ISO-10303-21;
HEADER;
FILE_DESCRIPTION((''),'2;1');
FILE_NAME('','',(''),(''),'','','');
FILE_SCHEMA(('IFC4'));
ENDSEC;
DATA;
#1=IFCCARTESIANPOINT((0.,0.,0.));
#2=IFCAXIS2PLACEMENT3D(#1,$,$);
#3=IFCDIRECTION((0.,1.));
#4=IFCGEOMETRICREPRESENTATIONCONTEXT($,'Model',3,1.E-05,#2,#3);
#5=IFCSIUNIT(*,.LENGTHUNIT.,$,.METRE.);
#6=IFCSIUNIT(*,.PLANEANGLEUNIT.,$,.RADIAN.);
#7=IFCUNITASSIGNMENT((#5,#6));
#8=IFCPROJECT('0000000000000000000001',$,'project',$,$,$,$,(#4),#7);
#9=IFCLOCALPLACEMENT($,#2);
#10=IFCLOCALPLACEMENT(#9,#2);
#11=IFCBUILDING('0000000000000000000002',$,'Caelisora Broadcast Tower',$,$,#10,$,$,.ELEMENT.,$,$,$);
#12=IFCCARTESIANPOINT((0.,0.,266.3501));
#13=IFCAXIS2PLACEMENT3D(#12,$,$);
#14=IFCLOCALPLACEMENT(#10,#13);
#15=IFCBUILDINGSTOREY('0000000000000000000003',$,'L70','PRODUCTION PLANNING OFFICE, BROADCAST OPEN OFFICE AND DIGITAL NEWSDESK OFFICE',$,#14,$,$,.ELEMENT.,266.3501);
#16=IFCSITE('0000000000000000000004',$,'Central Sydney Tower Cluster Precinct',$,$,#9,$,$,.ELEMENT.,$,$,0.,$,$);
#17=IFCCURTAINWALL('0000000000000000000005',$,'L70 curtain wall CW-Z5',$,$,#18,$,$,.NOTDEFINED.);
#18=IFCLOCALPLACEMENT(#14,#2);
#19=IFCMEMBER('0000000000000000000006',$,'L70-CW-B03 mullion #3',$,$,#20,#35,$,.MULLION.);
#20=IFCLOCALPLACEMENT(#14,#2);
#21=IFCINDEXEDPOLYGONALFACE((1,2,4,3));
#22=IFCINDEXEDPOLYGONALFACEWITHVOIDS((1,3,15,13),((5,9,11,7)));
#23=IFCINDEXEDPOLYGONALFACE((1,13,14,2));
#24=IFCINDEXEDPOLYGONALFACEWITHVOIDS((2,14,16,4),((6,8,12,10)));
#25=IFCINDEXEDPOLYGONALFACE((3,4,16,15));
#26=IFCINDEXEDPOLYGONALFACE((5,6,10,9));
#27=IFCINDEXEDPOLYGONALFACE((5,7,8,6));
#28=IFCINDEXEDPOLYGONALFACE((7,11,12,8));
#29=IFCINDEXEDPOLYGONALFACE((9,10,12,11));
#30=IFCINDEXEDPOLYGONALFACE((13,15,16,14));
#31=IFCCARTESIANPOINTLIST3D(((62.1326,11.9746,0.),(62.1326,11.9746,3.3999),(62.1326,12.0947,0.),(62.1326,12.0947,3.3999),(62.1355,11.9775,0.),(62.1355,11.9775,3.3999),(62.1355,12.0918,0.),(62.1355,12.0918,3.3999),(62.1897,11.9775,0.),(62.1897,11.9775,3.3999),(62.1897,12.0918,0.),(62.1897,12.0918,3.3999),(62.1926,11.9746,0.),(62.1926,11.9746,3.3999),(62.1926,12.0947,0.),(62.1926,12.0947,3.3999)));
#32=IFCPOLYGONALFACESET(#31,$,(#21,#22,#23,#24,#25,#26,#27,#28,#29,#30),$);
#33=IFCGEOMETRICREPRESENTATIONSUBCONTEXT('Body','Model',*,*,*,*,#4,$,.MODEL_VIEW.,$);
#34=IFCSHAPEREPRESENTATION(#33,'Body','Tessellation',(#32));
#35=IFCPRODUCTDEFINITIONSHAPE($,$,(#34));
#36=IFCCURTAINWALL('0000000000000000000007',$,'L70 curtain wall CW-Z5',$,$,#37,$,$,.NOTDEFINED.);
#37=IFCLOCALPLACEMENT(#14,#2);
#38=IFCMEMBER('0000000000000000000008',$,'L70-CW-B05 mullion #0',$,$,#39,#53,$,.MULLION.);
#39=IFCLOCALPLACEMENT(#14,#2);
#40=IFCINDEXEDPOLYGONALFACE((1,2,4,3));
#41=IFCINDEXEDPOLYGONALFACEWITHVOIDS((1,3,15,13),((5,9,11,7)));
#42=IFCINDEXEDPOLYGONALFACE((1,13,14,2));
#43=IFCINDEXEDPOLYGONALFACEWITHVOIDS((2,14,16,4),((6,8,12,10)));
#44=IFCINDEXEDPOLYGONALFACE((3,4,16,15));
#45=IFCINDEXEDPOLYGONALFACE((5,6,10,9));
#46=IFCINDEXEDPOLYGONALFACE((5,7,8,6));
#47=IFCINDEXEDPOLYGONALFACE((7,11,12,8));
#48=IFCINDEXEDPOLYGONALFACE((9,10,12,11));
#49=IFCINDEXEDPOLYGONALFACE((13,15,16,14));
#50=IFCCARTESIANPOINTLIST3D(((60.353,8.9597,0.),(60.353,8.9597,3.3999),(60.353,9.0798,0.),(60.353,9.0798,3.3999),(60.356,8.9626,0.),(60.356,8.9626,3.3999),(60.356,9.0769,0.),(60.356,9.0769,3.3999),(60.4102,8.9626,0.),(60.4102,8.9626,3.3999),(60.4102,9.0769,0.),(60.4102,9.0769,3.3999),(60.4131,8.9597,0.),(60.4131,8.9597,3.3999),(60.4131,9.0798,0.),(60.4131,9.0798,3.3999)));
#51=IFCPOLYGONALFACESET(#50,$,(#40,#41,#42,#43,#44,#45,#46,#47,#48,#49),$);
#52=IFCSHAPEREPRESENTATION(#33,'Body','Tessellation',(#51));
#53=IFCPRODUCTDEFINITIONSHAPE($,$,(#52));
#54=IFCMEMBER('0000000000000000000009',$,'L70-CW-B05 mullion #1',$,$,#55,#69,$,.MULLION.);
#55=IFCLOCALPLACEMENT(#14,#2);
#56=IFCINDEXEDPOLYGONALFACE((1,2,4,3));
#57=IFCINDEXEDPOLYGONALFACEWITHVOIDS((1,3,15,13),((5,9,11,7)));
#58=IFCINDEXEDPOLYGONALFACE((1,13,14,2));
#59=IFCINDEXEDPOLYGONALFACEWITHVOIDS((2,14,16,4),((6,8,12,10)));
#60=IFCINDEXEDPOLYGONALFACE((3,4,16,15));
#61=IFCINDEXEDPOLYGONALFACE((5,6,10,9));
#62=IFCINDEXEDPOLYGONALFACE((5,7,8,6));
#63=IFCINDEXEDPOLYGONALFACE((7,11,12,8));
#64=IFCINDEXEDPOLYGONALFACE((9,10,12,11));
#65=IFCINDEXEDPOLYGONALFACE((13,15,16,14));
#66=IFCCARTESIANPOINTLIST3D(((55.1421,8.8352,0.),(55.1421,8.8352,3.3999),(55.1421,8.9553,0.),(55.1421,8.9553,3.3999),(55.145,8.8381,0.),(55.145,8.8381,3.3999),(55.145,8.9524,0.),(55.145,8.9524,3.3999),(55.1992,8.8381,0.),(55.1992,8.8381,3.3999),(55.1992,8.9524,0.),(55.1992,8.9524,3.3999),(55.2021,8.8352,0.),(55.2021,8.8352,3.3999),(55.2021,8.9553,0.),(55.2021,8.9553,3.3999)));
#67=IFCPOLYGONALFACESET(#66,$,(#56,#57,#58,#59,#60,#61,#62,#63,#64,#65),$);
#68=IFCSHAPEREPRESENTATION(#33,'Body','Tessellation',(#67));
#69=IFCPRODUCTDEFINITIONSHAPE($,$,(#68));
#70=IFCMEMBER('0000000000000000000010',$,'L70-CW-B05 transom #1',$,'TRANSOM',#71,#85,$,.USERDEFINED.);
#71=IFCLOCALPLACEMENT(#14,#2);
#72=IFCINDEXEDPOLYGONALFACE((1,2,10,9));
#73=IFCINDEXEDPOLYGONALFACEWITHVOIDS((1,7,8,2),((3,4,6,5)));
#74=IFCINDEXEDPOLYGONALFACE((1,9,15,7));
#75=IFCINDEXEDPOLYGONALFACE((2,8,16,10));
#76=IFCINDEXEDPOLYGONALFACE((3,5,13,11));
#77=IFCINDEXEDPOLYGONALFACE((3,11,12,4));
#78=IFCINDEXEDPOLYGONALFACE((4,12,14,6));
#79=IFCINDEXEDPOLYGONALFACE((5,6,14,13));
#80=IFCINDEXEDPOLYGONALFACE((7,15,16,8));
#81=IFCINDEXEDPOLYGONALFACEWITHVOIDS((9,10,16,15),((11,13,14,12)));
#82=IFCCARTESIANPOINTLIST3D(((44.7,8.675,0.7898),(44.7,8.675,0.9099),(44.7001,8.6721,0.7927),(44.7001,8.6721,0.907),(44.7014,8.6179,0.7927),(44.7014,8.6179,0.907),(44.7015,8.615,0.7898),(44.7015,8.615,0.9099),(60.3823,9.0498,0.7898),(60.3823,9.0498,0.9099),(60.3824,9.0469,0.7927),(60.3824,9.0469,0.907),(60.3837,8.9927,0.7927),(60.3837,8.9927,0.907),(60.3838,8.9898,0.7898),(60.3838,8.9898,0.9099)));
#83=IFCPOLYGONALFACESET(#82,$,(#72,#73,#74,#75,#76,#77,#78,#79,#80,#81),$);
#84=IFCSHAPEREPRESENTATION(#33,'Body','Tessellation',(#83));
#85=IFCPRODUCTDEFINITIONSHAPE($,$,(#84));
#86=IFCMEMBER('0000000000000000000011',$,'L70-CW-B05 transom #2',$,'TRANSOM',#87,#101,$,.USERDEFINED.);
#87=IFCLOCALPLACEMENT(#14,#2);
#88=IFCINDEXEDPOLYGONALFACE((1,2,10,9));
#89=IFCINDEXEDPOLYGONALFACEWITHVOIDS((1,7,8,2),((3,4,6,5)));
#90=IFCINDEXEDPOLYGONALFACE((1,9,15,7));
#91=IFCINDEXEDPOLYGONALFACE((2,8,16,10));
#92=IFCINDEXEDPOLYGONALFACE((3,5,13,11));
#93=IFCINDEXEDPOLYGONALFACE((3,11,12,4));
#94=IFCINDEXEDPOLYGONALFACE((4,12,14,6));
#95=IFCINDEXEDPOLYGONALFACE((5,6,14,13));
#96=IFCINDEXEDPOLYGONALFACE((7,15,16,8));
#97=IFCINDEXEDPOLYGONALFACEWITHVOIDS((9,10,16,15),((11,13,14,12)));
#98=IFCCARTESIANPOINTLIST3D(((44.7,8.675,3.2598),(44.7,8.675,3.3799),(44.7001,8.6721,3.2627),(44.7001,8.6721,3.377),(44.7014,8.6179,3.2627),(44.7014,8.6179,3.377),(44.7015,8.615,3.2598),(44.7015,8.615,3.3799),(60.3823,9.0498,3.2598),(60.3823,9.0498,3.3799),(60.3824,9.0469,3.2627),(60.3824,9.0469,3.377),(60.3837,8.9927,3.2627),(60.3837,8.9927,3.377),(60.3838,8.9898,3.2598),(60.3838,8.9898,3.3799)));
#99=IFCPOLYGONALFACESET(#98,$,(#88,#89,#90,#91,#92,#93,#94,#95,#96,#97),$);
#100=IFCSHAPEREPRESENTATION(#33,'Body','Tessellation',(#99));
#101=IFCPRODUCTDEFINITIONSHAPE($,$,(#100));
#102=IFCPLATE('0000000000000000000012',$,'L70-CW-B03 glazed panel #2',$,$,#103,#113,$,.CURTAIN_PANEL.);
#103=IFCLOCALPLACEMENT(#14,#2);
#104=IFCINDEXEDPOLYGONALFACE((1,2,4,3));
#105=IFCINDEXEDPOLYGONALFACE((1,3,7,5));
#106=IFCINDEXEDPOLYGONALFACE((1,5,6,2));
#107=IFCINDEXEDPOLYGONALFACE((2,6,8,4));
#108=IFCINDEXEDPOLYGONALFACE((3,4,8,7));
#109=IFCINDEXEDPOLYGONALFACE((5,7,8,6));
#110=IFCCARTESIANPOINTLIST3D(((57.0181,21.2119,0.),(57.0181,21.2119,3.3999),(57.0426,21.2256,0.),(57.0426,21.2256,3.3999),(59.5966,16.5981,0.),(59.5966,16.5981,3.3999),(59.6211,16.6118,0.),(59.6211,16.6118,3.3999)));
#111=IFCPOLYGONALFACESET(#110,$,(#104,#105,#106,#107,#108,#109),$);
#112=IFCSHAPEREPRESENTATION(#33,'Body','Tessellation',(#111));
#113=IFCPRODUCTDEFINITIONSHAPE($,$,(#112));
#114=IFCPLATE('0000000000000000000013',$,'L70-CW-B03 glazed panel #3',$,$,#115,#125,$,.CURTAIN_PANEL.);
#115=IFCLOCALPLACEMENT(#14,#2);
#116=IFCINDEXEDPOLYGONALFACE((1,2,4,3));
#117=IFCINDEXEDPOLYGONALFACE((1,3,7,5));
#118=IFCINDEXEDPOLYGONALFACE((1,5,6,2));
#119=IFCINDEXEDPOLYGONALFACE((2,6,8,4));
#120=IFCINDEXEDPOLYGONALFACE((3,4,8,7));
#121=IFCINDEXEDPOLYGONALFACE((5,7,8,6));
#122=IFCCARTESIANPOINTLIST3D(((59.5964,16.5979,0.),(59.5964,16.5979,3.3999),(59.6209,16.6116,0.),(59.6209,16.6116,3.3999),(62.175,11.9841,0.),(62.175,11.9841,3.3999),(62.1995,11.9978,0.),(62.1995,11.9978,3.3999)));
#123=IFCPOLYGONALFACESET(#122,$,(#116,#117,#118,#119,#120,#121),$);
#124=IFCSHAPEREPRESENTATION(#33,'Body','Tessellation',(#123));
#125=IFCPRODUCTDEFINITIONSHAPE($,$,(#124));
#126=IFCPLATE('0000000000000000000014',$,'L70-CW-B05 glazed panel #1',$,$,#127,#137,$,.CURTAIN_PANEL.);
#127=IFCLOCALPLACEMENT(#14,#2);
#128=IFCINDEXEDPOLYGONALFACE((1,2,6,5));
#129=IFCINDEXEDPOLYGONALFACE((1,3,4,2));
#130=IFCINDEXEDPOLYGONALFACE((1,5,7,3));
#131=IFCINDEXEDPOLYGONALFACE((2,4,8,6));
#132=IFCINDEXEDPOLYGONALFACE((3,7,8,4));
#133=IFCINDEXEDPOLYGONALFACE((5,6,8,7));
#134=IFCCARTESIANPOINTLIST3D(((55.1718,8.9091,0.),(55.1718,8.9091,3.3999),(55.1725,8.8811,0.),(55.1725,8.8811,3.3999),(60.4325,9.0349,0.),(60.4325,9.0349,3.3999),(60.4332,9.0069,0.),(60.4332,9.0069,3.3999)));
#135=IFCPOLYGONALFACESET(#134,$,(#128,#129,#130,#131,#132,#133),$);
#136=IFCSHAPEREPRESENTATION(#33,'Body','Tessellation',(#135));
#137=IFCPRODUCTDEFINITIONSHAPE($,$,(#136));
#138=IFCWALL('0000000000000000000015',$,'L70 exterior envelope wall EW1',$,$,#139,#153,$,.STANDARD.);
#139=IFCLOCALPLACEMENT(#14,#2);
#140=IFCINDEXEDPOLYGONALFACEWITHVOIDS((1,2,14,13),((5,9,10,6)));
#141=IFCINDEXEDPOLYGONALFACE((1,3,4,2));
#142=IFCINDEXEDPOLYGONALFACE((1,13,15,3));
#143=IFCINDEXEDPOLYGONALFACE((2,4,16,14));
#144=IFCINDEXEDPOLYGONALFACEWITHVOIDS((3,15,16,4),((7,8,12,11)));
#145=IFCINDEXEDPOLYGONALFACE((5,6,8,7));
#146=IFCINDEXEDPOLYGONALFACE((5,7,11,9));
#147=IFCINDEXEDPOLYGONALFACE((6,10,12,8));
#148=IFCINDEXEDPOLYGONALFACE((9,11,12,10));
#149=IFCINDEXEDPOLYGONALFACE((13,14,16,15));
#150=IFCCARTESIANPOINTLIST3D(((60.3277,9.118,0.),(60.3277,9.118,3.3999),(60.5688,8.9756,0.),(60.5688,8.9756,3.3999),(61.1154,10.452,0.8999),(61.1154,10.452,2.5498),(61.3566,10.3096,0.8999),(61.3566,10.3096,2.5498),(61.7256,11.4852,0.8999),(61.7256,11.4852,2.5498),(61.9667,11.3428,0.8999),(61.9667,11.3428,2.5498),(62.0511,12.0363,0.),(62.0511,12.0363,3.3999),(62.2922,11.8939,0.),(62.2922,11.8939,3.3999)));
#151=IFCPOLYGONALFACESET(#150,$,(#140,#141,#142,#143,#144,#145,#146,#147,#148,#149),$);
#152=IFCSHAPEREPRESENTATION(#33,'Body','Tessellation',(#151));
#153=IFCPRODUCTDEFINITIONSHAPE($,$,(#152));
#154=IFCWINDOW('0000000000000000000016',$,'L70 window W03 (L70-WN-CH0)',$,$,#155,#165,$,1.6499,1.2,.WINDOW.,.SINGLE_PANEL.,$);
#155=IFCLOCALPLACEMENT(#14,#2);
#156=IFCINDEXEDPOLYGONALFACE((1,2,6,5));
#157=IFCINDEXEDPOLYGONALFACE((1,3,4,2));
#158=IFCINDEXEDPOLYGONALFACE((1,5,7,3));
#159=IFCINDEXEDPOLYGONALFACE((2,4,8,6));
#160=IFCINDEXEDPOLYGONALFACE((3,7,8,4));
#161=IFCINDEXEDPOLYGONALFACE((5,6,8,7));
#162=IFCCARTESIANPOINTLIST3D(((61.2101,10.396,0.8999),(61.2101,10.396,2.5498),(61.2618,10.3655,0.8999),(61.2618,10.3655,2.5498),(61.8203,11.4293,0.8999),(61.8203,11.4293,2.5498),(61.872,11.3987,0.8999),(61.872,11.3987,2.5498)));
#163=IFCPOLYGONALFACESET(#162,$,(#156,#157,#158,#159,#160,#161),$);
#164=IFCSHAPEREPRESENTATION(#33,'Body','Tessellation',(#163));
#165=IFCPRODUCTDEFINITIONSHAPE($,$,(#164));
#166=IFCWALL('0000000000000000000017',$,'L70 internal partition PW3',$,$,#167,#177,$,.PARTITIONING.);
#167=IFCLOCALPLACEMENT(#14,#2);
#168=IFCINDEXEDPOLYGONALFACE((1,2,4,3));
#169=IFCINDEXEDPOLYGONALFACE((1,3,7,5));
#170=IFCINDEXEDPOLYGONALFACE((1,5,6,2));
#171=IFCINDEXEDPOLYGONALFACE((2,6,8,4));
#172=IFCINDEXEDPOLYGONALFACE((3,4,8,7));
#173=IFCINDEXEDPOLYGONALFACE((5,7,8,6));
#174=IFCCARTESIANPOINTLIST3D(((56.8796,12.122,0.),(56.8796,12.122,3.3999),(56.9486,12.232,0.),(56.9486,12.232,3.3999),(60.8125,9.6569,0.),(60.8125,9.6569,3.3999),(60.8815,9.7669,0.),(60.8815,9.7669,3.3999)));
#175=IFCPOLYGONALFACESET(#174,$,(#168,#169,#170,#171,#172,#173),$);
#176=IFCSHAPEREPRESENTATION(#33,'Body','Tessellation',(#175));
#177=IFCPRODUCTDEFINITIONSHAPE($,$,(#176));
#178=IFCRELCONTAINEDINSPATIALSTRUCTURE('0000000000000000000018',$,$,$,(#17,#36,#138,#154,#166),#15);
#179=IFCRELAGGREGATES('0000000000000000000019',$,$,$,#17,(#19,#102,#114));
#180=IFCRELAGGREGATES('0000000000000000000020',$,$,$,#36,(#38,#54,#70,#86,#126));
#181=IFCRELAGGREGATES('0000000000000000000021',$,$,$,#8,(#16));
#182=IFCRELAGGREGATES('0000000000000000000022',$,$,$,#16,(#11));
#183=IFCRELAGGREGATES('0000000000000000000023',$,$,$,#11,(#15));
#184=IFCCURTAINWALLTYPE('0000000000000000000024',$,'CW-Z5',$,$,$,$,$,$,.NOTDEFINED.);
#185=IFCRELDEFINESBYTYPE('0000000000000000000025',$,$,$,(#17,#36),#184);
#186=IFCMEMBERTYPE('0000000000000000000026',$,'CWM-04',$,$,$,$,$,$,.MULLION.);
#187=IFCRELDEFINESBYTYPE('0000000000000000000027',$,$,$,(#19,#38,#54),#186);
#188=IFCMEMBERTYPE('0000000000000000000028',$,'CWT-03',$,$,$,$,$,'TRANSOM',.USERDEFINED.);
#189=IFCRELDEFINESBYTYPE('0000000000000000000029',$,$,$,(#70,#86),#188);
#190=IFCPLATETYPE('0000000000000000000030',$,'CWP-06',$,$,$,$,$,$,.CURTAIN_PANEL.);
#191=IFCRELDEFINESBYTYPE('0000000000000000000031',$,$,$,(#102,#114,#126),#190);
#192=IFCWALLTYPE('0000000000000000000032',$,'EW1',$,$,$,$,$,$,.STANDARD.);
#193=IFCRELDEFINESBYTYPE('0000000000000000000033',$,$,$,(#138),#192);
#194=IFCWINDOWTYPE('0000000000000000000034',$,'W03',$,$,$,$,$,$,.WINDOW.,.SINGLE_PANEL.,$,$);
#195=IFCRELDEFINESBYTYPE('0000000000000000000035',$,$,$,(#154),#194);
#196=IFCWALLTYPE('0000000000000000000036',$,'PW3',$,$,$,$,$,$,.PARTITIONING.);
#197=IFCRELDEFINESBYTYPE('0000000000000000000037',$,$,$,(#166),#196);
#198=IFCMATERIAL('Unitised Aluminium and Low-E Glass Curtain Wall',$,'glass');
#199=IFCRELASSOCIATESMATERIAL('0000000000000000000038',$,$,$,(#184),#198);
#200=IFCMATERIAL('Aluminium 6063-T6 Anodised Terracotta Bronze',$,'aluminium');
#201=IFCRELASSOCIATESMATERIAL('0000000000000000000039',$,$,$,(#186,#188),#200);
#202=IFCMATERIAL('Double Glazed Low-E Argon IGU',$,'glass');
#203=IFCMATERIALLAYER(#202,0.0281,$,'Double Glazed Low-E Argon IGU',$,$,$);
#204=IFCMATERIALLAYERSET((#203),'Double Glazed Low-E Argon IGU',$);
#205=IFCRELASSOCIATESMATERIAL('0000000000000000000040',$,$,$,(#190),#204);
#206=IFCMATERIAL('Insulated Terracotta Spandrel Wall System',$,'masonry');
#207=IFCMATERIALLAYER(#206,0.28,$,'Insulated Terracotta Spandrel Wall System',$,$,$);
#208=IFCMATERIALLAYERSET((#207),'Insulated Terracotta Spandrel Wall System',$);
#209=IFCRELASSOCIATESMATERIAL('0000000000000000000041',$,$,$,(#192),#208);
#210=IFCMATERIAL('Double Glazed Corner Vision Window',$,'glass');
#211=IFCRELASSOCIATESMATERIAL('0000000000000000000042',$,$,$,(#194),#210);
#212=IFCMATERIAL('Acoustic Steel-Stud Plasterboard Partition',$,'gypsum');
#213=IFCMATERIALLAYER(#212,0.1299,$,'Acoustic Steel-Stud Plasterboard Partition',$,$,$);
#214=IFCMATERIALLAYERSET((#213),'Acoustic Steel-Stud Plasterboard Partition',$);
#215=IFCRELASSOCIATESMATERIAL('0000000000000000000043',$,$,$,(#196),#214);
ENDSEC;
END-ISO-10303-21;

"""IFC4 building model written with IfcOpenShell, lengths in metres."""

from ifc_helpers import new_model, si_unit, direction, frame, frame_2d, origin, origin_2d, place, context, subcontext, project, spatial, rectangle, hollow_rectangle, extrude, source, transform, mapped, material, layer, layer_set, material_profile, profile_set, type_object, type_shapes, element, fill, aggregate, save


model = new_model("IFC4")

# Units and contexts
model_context = context("Model", 3, precision=1e-05, world=origin(), true_north=direction((0.0, 1.0)))
body_context = subcontext(model_context, "Body", "Model", "MODEL_VIEW")
ifc_project = project(units=[si_unit("LENGTHUNIT", "METRE"), si_unit("PLANEANGLEUNIT", "RADIAN")], contexts=[model_context])

# Site, building, storey
site_placement = place(None, origin())
site = spatial("IfcSite", under=ifc_project, at=site_placement, Name="Central Sydney Tower Cluster Precinct", CompositionType="ELEMENT", RefElevation=0.0)
building_placement = place(site_placement, origin())
building = spatial("IfcBuilding", under=site, at=building_placement, Name="Caelisora Broadcast Tower", CompositionType="ELEMENT")
storey_placement = place(building_placement, frame((0.0, 0.0, 266.3501)))
storey = spatial("IfcBuildingStorey", under=building, at=storey_placement, Name="L70", Description="PRODUCTION PLANNING OFFICE, BROADCAST OPEN OFFICE AND DIGITAL NEWSDESK OFFICE", CompositionType="ELEMENT", Elevation=266.3501)

# Curtain walls, members
ifc_material_1 = material(Name="Unitised Aluminium and Low-E Glass Curtain Wall", Category="glass")
curtain_wall_type = type_object("IfcCurtainWallType", Name="CW-Z5", PredefinedType="NOTDEFINED", material=ifc_material_1)
curtain_wall_1_placement = place(storey_placement, origin())
curtain_wall_1 = element("IfcCurtainWall", 1, at=curtain_wall_1_placement, inside=storey, type_object=curtain_wall_type, Name="L70 curtain wall CW-Z5", PredefinedType="NOTDEFINED")
ifc_material_2 = material(Name="Aluminium 6063-T6 Anodised Terracotta Bronze", Category="aluminium")
ifc_material_profile_1 = material_profile(ifc_material_2, hollow_rectangle(XDim=0.0601, YDim=0.1201, WallThickness=0.0029, at=origin_2d()), Name="Aluminium 6063-T6 Anodised Terracotta Bronze")
ifc_profile_set_1 = profile_set([ifc_material_profile_1], Name="Aluminium 6063-T6 Anodised Terracotta Bronze")
member_type_1 = type_object("IfcMemberType", Name="CWM-04", PredefinedType="MULLION", material=ifc_profile_set_1)
shared_shape_1 = source(origin(), body_context, "Body", "SweptSolid", [
    extrude(hollow_rectangle(XDim=0.0601, YDim=0.1201, WallThickness=0.0029, at=origin_2d()), origin(), (0.0, 0.0, 1.0), 3.3999),
])
type_shapes(member_type_1, [shared_shape_1])
member_1_placement = place(storey_placement, frame((62.1626, 12.0347, 0.0), z_axis=(0.0, 0.0, 1.0), x_axis=(1.0, 0.0, 0.0)))
member_1 = element("IfcMember", 2, at=member_1_placement, type_object=member_type_1, Name="L70-CW-B03 mullion #3", PredefinedType="MULLION", context=body_context, shape_type="MappedRepresentation", body=[
    mapped(shared_shape_1, transform((0.0, 0.0, 0.0), scale=1.0)),
])
curtain_wall_2_placement = place(storey_placement, origin())
curtain_wall_2 = element("IfcCurtainWall", 3, at=curtain_wall_2_placement, inside=storey, type_object=curtain_wall_type, Name="L70 curtain wall CW-Z5", PredefinedType="NOTDEFINED")
member_2_placement = place(storey_placement, frame((60.3831, 9.0198, 0.0), z_axis=(0.0, 0.0, 1.0), x_axis=(1.0, 0.0, 0.0)))
member_2 = element("IfcMember", 4, at=member_2_placement, type_object=member_type_1, Name="L70-CW-B05 mullion #0", PredefinedType="MULLION", context=body_context, shape_type="MappedRepresentation", body=[
    mapped(shared_shape_1, transform((0.0, 0.0, 0.0), scale=1.0)),
])
member_3_placement = place(storey_placement, frame((55.1721, 8.8953, 0.0), z_axis=(0.0, 0.0, 1.0), x_axis=(1.0, 0.0, 0.0)))
member_3 = element("IfcMember", 5, at=member_3_placement, type_object=member_type_1, Name="L70-CW-B05 mullion #1", PredefinedType="MULLION", context=body_context, shape_type="MappedRepresentation", body=[
    mapped(shared_shape_1, transform((0.0, 0.0, 0.0), scale=1.0)),
])
ifc_material_profile_2 = material_profile(ifc_material_2, hollow_rectangle(XDim=0.0601, YDim=0.1201, WallThickness=0.0029, at=origin_2d()), Name="Aluminium 6063-T6 Anodised Terracotta Bronze")
ifc_profile_set_2 = profile_set([ifc_material_profile_2], Name="Aluminium 6063-T6 Anodised Terracotta Bronze")
member_type_2 = type_object("IfcMemberType", Name="CWT-03", ElementType="TRANSOM", PredefinedType="USERDEFINED", material=ifc_profile_set_2)
shared_shape_2 = source(origin(), body_context, "Body", "SweptSolid", [
    extrude(hollow_rectangle(XDim=0.0601, YDim=0.1201, WallThickness=0.0029, at=origin_2d()), origin(), (0.0, 0.0, 1.0), 15.6868),
])
type_shapes(member_type_2, [shared_shape_2])
member_4_placement = place(storey_placement, frame((60.3831, 9.0198, 0.8499), z_axis=(-0.999715, -0.02389, 0.0), x_axis=(0.02389, -0.999715, 0.0)))
member_4 = element("IfcMember", 6, at=member_4_placement, type_object=member_type_2, Name="L70-CW-B05 transom #1", ObjectType="TRANSOM", PredefinedType="USERDEFINED", context=body_context, shape_type="MappedRepresentation", body=[
    mapped(shared_shape_2, transform((0.0, 0.0, 0.0), scale=1.0)),
])
member_5_placement = place(storey_placement, frame((60.3831, 9.0198, 3.3198), z_axis=(-0.999715, -0.02389, 0.0), x_axis=(0.02389, -0.999715, 0.0)))
member_5 = element("IfcMember", 7, at=member_5_placement, type_object=member_type_2, Name="L70-CW-B05 transom #2", ObjectType="TRANSOM", PredefinedType="USERDEFINED", context=body_context, shape_type="MappedRepresentation", body=[
    mapped(shared_shape_2, transform((0.0, 0.0, 0.0), scale=1.0)),
])

# Plates
ifc_material_3 = material(Name="Double Glazed Low-E Argon IGU", Category="glass")
ifc_layer_1 = layer(ifc_material_3, 0.0281, Name="Double Glazed Low-E Argon IGU")
ifc_layer_set_1 = layer_set([ifc_layer_1], Name="Double Glazed Low-E Argon IGU")
plate_type = type_object("IfcPlateType", Name="CWP-06", PredefinedType="CURTAIN_PANEL", material=ifc_layer_set_1)
shared_shape_3 = source(origin(), body_context, "Body", "SweptSolid", [
    extrude(rectangle(XDim=5.2854, YDim=0.0281, at=origin_2d()), origin(), (0.0, 0.0, 1.0), 3.3999),
])
plate_1_placement = place(storey_placement, frame((58.3196, 18.9119, 0.0), z_axis=(0.0, 0.0, 1.0), x_axis=(0.48786, -0.872922, 0.0)))
plate_1 = element("IfcPlate", 8, at=plate_1_placement, type_object=plate_type, Name="L70-CW-B03 glazed panel #2", PredefinedType="CURTAIN_PANEL", context=body_context, shape_type="MappedRepresentation", body=[
    mapped(shared_shape_3, transform((0.0, 0.0, 0.0), scale=1.0)),
])
plate_2_placement = place(storey_placement, frame((60.8979, 14.2979, 0.0), z_axis=(0.0, 0.0, 1.0), x_axis=(0.48786, -0.872922, 0.0)))
plate_2 = element("IfcPlate", 9, at=plate_2_placement, type_object=plate_type, Name="L70-CW-B03 glazed panel #3", PredefinedType="CURTAIN_PANEL", context=body_context, shape_type="MappedRepresentation", body=[
    mapped(shared_shape_3, transform((0.0, 0.0, 0.0), scale=1.0)),
])
aggregate(curtain_wall_1, [member_1, plate_1, plate_2])
shared_shape_4 = source(origin(), body_context, "Body", "SweptSolid", [
    extrude(rectangle(XDim=5.2622, YDim=0.0281, at=origin_2d()), origin(), (0.0, 0.0, 1.0), 3.3999),
])
type_shapes(plate_type, [shared_shape_3, shared_shape_4])
plate_3_placement = place(storey_placement, frame((57.8025, 8.958, 0.0), z_axis=(0.0, 0.0, 1.0), x_axis=(-0.999714, -0.023909, 0.0)))
plate_3 = element("IfcPlate", 10, at=plate_3_placement, type_object=plate_type, Name="L70-CW-B05 glazed panel #1", PredefinedType="CURTAIN_PANEL", context=body_context, shape_type="MappedRepresentation", body=[
    mapped(shared_shape_4, transform((0.0, 0.0, 0.0), scale=1.0)),
])
aggregate(curtain_wall_2, [member_2, member_3, member_4, member_5, plate_3])

# Wall, opening, window
ifc_material_4 = material(Name="Insulated Terracotta Spandrel Wall System", Category="masonry")
ifc_layer_2 = layer(ifc_material_4, 0.28, Name="Insulated Terracotta Spandrel Wall System")
ifc_layer_set_2 = layer_set([ifc_layer_2], Name="Insulated Terracotta Spandrel Wall System")
wall_type_1 = type_object("IfcWallType", Name="EW1", PredefinedType="STANDARD", material=ifc_layer_set_2)
wall_1_placement = place(storey_placement, frame((62.1716, 11.9651, 0.0), z_axis=(0.0, 0.0, 1.0), x_axis=(-0.508508, -0.861057, 0.0)))
wall_1 = element("IfcWall", 11, at=wall_1_placement, inside=storey, type_object=wall_type_1, Name="L70 exterior envelope wall EW1", PredefinedType="STANDARD", context=body_context, shape_type="SweptSolid", body=[
    extrude(rectangle(XDim=3.3892, YDim=0.28, at=frame_2d((1.6946, 0.0))), origin(), (0.0, 0.0, 1.0), 3.3999),
])
opening_placement = place(wall_1_placement, frame((0.6399, 0.0, 0.8999)))
opening = element("IfcOpeningElement", 12, at=opening_placement, cuts=wall_1, PredefinedType="OPENING", context=body_context, shape_type="SweptSolid", body=[
    extrude(rectangle(XDim=1.2, YDim=1.6499, at=frame_2d((0.6001, 0.825))), frame((0.0, 0.1521, 0.0), z_axis=(0.0, -1.0, 0.0), x_axis=(1.0, 0.0, 0.0)), (0.0, 0.0, 1.0), 0.304),
])
ifc_material_5 = material(Name="Double Glazed Corner Vision Window", Category="glass")
window_type = type_object("IfcWindowType", Name="W03", PartitioningType="SINGLE_PANEL", PredefinedType="WINDOW", material=ifc_material_5)
window_placement = place(opening_placement, origin())
window = element("IfcWindow", 13, at=window_placement, inside=storey, type_object=window_type, Name="L70 window W03 (L70-WN-CH0)", OverallHeight=1.6499, OverallWidth=1.2, PartitioningType="SINGLE_PANEL", PredefinedType="WINDOW", context=body_context, shape_type="SweptSolid", body=[
    extrude(rectangle(XDim=1.2, YDim=1.6499, at=frame_2d((0.6001, 0.825))), frame((0.0, 0.03, 0.0), z_axis=(0.0, -1.0, 0.0), x_axis=(1.0, 0.0, 0.0)), (0.0, 0.0, 1.0), 0.0601),
])
fill(opening, window)

# Wall
ifc_material_6 = material(Name="Acoustic Steel-Stud Plasterboard Partition", Category="gypsum")
ifc_layer_3 = layer(ifc_material_6, 0.1299, Name="Acoustic Steel-Stud Plasterboard Partition")
ifc_layer_set_3 = layer_set([ifc_layer_3], Name="Acoustic Steel-Stud Plasterboard Partition")
wall_type_2 = type_object("IfcWallType", Name="PW3", PredefinedType="PARTITIONING", material=ifc_layer_set_3)
wall_2_placement = place(storey_placement, frame((56.9141, 12.177, 0.0), z_axis=(0.0, 0.0, 1.0), x_axis=(0.847315, -0.531091, 0.0)))
element("IfcWall", 14, at=wall_2_placement, inside=storey, type_object=wall_type_2, Name="L70 internal partition PW3", PredefinedType="PARTITIONING", context=body_context, shape_type="SweptSolid", body=[
    extrude(rectangle(XDim=4.6416, YDim=0.1299, at=frame_2d((2.3208, 0.0))), origin(), (0.0, 0.0, 1.0), 3.3999),
])

save(model, "model.ifc")
